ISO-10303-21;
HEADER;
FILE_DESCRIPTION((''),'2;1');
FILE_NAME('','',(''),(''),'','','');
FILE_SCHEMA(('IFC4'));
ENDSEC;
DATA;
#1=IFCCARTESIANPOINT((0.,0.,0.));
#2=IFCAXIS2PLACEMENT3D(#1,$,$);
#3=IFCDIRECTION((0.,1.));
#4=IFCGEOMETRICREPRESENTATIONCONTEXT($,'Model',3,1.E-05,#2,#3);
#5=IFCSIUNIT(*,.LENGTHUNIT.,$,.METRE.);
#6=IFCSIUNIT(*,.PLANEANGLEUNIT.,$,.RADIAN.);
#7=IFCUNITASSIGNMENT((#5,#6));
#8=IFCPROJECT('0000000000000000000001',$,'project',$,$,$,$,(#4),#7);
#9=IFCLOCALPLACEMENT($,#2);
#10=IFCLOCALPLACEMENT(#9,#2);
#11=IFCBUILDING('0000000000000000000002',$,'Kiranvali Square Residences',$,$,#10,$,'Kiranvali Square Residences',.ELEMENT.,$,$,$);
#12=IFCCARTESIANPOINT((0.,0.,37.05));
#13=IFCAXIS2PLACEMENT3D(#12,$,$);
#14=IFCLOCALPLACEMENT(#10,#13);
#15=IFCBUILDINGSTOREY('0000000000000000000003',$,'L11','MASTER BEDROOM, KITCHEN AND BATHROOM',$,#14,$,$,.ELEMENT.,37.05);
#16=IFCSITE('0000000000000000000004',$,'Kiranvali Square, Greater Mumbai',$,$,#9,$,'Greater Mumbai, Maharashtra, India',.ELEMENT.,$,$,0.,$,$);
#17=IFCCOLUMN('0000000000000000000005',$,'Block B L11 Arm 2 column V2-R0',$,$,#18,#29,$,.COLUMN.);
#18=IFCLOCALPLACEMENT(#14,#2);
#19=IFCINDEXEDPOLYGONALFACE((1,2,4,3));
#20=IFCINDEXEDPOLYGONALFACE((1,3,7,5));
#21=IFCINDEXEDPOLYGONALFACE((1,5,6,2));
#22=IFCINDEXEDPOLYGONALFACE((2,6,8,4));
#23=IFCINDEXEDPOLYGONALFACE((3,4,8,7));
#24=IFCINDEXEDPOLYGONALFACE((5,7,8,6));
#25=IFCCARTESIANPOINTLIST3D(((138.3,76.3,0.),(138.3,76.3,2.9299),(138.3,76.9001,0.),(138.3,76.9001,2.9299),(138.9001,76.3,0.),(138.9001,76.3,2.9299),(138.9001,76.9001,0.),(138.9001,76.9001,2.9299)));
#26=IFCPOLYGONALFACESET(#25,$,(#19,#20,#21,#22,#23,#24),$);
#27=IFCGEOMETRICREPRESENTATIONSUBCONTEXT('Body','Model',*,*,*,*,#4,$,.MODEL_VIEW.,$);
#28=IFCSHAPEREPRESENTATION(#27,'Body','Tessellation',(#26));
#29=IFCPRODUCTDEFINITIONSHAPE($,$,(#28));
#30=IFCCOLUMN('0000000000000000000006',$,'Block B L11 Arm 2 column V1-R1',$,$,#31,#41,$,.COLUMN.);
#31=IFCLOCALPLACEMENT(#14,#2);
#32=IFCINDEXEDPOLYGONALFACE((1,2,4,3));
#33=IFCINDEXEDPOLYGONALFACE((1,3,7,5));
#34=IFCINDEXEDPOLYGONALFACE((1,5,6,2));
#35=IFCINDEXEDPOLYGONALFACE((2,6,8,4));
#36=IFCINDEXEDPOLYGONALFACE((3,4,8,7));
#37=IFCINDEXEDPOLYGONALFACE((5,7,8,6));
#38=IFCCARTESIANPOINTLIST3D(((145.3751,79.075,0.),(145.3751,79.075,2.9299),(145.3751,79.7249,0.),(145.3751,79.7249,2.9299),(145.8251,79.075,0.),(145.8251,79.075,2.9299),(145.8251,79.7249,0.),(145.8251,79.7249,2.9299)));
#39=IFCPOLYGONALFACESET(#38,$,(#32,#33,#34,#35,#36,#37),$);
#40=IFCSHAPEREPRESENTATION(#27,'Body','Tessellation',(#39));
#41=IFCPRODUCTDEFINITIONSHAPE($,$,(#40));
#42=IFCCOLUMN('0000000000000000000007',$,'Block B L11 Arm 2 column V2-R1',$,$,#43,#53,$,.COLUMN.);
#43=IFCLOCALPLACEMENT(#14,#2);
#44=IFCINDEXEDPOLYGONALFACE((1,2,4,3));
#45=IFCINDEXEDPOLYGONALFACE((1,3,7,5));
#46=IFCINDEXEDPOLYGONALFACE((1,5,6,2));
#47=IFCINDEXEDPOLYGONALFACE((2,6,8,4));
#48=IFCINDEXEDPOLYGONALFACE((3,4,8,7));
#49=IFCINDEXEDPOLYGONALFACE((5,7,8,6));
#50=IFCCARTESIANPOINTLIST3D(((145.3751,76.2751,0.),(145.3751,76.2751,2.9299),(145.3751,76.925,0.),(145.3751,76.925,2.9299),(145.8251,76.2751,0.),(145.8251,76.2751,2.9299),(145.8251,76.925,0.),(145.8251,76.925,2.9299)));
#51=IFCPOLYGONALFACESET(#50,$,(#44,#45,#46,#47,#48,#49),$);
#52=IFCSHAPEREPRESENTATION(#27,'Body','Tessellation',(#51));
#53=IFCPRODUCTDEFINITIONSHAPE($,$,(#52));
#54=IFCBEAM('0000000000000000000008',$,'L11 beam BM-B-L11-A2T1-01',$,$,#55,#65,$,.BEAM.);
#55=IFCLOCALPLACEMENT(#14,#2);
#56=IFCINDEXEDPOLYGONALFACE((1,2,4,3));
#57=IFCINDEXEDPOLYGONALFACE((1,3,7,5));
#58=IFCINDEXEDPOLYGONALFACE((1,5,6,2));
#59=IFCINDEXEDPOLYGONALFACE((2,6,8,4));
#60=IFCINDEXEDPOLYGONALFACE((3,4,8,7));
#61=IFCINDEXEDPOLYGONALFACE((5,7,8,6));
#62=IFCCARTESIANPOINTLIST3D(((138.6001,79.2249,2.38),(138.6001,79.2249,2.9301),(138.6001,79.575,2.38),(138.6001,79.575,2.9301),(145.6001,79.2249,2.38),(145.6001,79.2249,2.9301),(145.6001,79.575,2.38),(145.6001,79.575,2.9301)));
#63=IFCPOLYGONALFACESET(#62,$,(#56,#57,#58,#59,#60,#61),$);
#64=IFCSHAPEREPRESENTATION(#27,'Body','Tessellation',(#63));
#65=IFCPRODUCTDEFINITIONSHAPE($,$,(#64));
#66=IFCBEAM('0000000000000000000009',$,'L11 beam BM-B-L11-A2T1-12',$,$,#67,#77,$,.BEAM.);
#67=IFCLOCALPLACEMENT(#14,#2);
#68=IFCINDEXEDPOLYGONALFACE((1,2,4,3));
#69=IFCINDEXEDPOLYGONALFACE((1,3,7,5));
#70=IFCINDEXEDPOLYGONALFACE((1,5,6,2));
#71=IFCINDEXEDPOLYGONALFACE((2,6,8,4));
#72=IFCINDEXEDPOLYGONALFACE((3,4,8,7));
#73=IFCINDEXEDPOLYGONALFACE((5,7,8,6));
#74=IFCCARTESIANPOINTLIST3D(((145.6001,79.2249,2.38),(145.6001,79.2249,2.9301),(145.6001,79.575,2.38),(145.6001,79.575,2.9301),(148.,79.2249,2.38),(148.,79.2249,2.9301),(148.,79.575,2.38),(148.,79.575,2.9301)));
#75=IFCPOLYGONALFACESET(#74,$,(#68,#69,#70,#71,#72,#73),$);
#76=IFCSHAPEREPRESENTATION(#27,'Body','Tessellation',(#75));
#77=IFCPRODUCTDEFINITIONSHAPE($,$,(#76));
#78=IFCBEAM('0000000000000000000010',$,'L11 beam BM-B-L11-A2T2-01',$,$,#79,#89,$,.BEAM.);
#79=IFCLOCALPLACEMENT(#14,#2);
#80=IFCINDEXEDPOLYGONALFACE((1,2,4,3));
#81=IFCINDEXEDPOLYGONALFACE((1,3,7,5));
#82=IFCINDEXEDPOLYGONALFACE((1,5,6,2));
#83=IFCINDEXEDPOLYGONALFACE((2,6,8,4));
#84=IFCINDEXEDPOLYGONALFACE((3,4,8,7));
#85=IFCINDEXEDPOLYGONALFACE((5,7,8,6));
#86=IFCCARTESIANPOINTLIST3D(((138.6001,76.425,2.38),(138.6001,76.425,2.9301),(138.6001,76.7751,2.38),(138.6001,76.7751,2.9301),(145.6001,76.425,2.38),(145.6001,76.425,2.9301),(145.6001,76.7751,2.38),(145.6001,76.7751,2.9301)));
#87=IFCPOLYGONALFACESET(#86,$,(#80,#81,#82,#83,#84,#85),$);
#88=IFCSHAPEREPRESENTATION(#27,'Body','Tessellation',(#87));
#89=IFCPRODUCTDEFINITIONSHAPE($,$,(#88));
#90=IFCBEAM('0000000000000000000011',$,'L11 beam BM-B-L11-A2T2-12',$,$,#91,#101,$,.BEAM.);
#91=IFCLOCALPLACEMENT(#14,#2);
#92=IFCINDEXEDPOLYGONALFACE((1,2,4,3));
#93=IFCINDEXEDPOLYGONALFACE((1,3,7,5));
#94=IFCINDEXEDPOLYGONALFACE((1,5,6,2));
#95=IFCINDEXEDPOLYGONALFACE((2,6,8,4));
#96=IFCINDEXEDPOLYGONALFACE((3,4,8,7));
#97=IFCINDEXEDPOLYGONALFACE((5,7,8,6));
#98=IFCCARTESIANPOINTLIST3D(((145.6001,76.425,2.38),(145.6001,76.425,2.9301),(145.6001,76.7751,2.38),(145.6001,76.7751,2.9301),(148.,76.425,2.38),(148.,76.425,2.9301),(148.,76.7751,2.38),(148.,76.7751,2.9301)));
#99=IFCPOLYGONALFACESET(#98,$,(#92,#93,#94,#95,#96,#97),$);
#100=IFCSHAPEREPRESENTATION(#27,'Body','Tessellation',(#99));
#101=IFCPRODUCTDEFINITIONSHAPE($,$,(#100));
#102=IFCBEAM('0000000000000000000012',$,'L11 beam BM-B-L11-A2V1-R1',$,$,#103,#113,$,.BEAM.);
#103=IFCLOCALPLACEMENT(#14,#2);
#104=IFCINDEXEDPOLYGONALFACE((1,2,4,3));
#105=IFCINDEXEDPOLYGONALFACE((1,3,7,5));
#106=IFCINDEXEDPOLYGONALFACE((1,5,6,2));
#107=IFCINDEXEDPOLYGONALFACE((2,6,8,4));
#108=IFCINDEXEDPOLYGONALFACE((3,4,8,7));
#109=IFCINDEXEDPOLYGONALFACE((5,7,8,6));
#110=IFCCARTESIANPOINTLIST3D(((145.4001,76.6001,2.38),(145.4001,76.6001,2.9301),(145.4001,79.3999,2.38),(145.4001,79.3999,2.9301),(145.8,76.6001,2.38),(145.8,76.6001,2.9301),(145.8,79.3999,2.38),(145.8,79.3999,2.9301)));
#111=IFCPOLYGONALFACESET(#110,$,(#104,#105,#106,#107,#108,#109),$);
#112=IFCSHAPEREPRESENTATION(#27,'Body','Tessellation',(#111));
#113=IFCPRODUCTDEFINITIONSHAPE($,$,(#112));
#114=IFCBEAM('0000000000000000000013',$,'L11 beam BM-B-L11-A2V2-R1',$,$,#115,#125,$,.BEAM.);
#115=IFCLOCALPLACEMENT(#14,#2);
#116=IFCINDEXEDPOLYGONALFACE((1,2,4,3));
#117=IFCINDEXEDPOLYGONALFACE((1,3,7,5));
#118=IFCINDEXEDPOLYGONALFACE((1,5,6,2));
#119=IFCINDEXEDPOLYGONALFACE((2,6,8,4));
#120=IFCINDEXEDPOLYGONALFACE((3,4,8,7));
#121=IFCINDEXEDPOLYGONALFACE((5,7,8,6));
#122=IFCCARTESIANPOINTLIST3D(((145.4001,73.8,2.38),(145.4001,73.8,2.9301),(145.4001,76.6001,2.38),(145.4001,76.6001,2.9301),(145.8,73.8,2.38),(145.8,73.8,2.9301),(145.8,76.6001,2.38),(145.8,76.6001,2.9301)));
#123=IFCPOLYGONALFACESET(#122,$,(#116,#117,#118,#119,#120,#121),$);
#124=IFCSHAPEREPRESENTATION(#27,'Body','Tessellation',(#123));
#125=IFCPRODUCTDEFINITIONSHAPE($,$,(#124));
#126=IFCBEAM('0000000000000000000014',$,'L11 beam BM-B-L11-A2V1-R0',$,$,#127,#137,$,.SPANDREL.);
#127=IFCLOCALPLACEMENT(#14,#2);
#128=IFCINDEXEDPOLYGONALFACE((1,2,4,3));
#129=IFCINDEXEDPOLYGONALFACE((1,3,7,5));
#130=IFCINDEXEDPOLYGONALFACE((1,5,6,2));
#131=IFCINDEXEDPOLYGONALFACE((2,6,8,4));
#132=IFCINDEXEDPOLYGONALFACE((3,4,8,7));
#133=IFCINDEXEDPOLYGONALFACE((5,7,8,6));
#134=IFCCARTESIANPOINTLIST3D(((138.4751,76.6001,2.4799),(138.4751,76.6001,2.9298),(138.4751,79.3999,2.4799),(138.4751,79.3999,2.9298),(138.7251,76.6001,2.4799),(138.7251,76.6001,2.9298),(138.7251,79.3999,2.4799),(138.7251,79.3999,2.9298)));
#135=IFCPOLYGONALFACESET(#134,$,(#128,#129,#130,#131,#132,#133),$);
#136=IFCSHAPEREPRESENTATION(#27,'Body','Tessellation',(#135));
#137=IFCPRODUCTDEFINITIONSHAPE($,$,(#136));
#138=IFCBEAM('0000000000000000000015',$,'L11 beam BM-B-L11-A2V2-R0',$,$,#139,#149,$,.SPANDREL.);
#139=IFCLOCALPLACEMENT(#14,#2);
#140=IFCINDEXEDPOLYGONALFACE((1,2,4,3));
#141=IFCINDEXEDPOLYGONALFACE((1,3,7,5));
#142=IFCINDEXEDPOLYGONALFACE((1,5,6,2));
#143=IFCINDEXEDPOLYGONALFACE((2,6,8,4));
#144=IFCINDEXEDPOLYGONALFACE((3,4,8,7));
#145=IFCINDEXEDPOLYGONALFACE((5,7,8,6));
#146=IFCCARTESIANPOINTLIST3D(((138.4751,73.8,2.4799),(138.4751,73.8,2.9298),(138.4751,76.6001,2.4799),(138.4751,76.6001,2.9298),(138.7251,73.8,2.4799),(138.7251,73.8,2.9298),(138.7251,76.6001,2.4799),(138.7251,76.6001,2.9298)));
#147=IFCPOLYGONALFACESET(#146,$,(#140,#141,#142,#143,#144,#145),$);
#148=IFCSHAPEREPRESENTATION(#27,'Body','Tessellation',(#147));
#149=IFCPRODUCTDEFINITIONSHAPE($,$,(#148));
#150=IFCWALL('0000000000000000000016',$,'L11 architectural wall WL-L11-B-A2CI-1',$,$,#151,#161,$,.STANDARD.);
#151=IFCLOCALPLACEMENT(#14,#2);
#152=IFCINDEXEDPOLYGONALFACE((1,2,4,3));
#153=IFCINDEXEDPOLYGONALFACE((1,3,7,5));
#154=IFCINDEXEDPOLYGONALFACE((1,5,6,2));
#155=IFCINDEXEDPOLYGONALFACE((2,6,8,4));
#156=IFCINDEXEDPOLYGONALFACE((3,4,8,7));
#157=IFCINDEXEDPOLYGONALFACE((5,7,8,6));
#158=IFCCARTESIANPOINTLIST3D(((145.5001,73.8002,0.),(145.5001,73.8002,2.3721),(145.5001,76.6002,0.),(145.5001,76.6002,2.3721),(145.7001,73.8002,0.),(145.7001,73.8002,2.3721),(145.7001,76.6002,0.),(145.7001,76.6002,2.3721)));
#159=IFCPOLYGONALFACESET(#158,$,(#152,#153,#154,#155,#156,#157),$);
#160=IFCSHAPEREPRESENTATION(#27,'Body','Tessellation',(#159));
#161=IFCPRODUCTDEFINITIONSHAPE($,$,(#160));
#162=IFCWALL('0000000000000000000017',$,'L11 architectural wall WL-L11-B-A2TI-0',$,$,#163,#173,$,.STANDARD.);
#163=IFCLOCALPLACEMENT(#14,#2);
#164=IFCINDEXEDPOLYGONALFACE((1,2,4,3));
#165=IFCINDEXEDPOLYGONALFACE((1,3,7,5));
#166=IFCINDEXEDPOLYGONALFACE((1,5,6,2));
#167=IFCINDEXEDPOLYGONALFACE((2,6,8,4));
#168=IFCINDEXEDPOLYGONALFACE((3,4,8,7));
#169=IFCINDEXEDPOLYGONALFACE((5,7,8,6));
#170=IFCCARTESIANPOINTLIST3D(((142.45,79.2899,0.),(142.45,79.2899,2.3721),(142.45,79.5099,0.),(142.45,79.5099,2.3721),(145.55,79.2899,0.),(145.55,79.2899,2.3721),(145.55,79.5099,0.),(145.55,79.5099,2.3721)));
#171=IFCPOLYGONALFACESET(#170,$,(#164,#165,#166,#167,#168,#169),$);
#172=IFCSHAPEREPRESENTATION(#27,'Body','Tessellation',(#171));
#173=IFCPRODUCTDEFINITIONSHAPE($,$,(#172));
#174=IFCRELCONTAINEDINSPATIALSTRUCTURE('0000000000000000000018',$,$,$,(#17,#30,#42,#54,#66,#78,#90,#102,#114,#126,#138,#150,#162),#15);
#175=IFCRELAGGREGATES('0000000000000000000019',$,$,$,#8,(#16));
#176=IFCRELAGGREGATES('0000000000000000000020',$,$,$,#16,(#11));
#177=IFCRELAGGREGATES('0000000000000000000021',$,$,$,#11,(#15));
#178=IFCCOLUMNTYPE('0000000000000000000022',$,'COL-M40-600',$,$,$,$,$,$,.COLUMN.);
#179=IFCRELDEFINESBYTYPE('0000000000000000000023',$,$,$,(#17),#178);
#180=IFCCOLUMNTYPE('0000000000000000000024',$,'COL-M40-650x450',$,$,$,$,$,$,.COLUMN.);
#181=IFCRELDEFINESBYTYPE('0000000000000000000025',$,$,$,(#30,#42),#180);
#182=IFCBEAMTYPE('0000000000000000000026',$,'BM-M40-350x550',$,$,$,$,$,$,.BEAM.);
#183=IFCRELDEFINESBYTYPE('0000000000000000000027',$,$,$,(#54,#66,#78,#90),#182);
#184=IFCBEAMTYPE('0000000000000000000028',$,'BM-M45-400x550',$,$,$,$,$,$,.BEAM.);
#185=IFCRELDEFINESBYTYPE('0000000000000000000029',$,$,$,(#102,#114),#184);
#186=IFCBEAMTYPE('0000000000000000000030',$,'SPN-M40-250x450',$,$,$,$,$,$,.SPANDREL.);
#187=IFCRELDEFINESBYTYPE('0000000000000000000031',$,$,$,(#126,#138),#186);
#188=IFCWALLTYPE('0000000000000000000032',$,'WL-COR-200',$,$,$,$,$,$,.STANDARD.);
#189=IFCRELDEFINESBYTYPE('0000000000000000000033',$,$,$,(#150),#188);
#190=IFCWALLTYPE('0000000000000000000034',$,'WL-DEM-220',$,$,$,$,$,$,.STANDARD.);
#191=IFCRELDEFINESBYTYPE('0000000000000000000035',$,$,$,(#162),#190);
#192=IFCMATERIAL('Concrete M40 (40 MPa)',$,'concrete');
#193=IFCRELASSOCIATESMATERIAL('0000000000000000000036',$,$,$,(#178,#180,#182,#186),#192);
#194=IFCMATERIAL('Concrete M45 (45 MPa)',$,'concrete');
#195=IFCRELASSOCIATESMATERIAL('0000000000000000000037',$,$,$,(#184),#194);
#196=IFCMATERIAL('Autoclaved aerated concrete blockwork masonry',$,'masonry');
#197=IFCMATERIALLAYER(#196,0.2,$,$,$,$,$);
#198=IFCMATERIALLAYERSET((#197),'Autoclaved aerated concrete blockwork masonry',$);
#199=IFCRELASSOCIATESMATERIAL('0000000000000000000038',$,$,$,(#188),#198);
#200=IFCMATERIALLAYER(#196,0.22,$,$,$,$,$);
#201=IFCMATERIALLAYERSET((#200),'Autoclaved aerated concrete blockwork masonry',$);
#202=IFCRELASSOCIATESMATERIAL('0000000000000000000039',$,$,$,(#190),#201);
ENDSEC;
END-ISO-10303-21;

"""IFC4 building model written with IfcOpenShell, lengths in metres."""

from ifc_helpers import new_model, si_unit, direction, frame, frame_2d, origin, origin_2d, place, context, subcontext, project, spatial, rectangle, extrude, material, layer, layer_set, material_profile, profile_set, type_object, element, save


model = new_model("IFC4")

# Units and contexts
model_context = context("Model", 3, precision=1e-05, world=origin(), true_north=direction((0.0, 1.0)))
body_context = subcontext(model_context, "Body", "Model", "MODEL_VIEW")
ifc_project = project(units=[si_unit("LENGTHUNIT", "METRE"), si_unit("PLANEANGLEUNIT", "RADIAN")], contexts=[model_context])

# Site, building, storey
site_placement = place(None, origin())
site = spatial("IfcSite", under=ifc_project, at=site_placement, Name="Kiranvali Square, Greater Mumbai", LongName="Greater Mumbai, Maharashtra, India", CompositionType="ELEMENT", RefElevation=0.0)
building_placement = place(site_placement, origin())
building = spatial("IfcBuilding", under=site, at=building_placement, Name="Kiranvali Square Residences", LongName="Kiranvali Square Residences", CompositionType="ELEMENT")
storey_placement = place(building_placement, frame((0.0, 0.0, 37.05)))
storey = spatial("IfcBuildingStorey", under=building, at=storey_placement, Name="L11", Description="MASTER BEDROOM, KITCHEN AND BATHROOM", CompositionType="ELEMENT", Elevation=37.05)

# Columns
ifc_material_1 = material(Name="Concrete M40 (40 MPa)", Category="concrete")
ifc_material_profile_1 = material_profile(ifc_material_1, rectangle(XDim=0.6001, YDim=0.6001, at=origin_2d()), Name="RC 600x600")
ifc_profile_set_1 = profile_set([ifc_material_profile_1], Name="Concrete M40 (40 MPa)")
column_type_1 = type_object("IfcColumnType", Name="COL-M40-600", PredefinedType="COLUMN", material=ifc_profile_set_1)
column_placement = place(storey_placement, frame((138.6001, 76.6001, 0.0), z_axis=(0.0, 0.0, 1.0), x_axis=(1.0, 0.0, 0.0)))
element("IfcColumn", 1, at=column_placement, inside=storey, type_object=column_type_1, Name="Block B L11 Arm 2 column V2-R0", PredefinedType="COLUMN", context=body_context, shape_type="SweptSolid", body=[
    extrude(rectangle(XDim=0.6001, YDim=0.6001, at=origin_2d()), origin(), (0.0, 0.0, 1.0), 2.9299),
])
ifc_material_profile_2 = material_profile(ifc_material_1, rectangle(XDim=0.45, YDim=0.6499, at=origin_2d()), Name="RC 650x450")
ifc_profile_set_2 = profile_set([ifc_material_profile_2], Name="Concrete M40 (40 MPa)")
column_type_2 = type_object("IfcColumnType", Name="COL-M40-650x450", PredefinedType="COLUMN", material=ifc_profile_set_2)
for number, where, z_axis, x_axis, name in (
    (2, (145.6001, 79.3999, 0.0), (0.0, 0.0, 1.0), (1.0, 0.0, 0.0), "Block B L11 Arm 2 column V1-R1"),
    (3, (145.6001, 76.6001, 0.0), (0.0, 0.0, 1.0), (1.0, 0.0, 0.0), "Block B L11 Arm 2 column V2-R1"),
):
    element("IfcColumn", number, at=place(storey_placement, frame(where, z_axis=z_axis, x_axis=x_axis)), inside=storey, type_object=column_type_2, Name=name, PredefinedType="COLUMN", context=body_context, shape_type="SweptSolid", body=[
        extrude(rectangle(XDim=0.45, YDim=0.6499, at=origin_2d()), origin(), (0.0, 0.0, 1.0), 2.9299),
    ])

# Beams
ifc_material_profile_3 = material_profile(ifc_material_1, rectangle(XDim=0.3501, YDim=0.55, at=origin_2d()), Name="RC 350x550")
ifc_profile_set_3 = profile_set([ifc_material_profile_3], Name="Concrete M40 (40 MPa)")
beam_type_1 = type_object("IfcBeamType", Name="BM-M40-350x550", PredefinedType="BEAM", material=ifc_profile_set_3)
beam_1_placement = place(storey_placement, frame((138.6001, 79.3999, 2.655), z_axis=(1.0, 0.0, 0.0), x_axis=(0.0, 1.0, 0.0)))
element("IfcBeam", 4, at=beam_1_placement, inside=storey, type_object=beam_type_1, Name="L11 beam BM-B-L11-A2T1-01", PredefinedType="BEAM", context=body_context, shape_type="SweptSolid", body=[
    extrude(rectangle(XDim=0.3501, YDim=0.55, at=origin_2d()), origin(), (0.0, 0.0, 1.0), 7.0),
])
beam_2_placement = place(storey_placement, frame((145.6001, 79.3999, 2.655), z_axis=(1.0, 0.0, 0.0), x_axis=(0.0, 1.0, 0.0)))
element("IfcBeam", 5, at=beam_2_placement, inside=storey, type_object=beam_type_1, Name="L11 beam BM-B-L11-A2T1-12", PredefinedType="BEAM", context=body_context, shape_type="SweptSolid", body=[
    extrude(rectangle(XDim=0.3501, YDim=0.55, at=origin_2d()), origin(), (0.0, 0.0, 1.0), 2.3999),
])
beam_3_placement = place(storey_placement, frame((138.6001, 76.6001, 2.655), z_axis=(1.0, 0.0, 0.0), x_axis=(0.0, 1.0, 0.0)))
element("IfcBeam", 6, at=beam_3_placement, inside=storey, type_object=beam_type_1, Name="L11 beam BM-B-L11-A2T2-01", PredefinedType="BEAM", context=body_context, shape_type="SweptSolid", body=[
    extrude(rectangle(XDim=0.3501, YDim=0.55, at=origin_2d()), origin(), (0.0, 0.0, 1.0), 7.0),
])
beam_4_placement = place(storey_placement, frame((145.6001, 76.6001, 2.655), z_axis=(1.0, 0.0, 0.0), x_axis=(0.0, 1.0, 0.0)))
element("IfcBeam", 7, at=beam_4_placement, inside=storey, type_object=beam_type_1, Name="L11 beam BM-B-L11-A2T2-12", PredefinedType="BEAM", context=body_context, shape_type="SweptSolid", body=[
    extrude(rectangle(XDim=0.3501, YDim=0.55, at=origin_2d()), origin(), (0.0, 0.0, 1.0), 2.3999),
])
ifc_material_2 = material(Name="Concrete M45 (45 MPa)", Category="concrete")
ifc_material_profile_4 = material_profile(ifc_material_2, rectangle(XDim=0.3999, YDim=0.55, at=origin_2d()), Name="RC 400x550")
ifc_profile_set_4 = profile_set([ifc_material_profile_4], Name="Concrete M45 (45 MPa)")
beam_type_2 = type_object("IfcBeamType", Name="BM-M45-400x550", PredefinedType="BEAM", material=ifc_profile_set_4)
beam_5_placement = place(storey_placement, frame((145.6001, 79.3999, 2.655), z_axis=(0.0, -1.0, 0.0), x_axis=(1.0, 0.0, 0.0)))
element("IfcBeam", 8, at=beam_5_placement, inside=storey, type_object=beam_type_2, Name="L11 beam BM-B-L11-A2V1-R1", PredefinedType="BEAM", context=body_context, shape_type="SweptSolid", body=[
    extrude(rectangle(XDim=0.3999, YDim=0.55, at=origin_2d()), origin(), (0.0, 0.0, 1.0), 2.7998),
])
beam_6_placement = place(storey_placement, frame((145.6001, 76.6001, 2.655), z_axis=(0.0, -1.0, 0.0), x_axis=(1.0, 0.0, 0.0)))
element("IfcBeam", 9, at=beam_6_placement, inside=storey, type_object=beam_type_2, Name="L11 beam BM-B-L11-A2V2-R1", PredefinedType="BEAM", context=body_context, shape_type="SweptSolid", body=[
    extrude(rectangle(XDim=0.3999, YDim=0.55, at=origin_2d()), origin(), (0.0, 0.0, 1.0), 2.8),
])
ifc_material_profile_5 = material_profile(ifc_material_1, rectangle(XDim=0.25, YDim=0.45, at=origin_2d()), Name="RC 250x450")
ifc_profile_set_5 = profile_set([ifc_material_profile_5], Name="Concrete M40 (40 MPa)")
beam_type_3 = type_object("IfcBeamType", Name="SPN-M40-250x450", PredefinedType="SPANDREL", material=ifc_profile_set_5)
beam_7_placement = place(storey_placement, frame((138.6001, 79.3999, 2.7048), z_axis=(0.0, -1.0, 0.0), x_axis=(1.0, 0.0, 0.0)))
element("IfcBeam", 10, at=beam_7_placement, inside=storey, type_object=beam_type_3, Name="L11 beam BM-B-L11-A2V1-R0", PredefinedType="SPANDREL", context=body_context, shape_type="SweptSolid", body=[
    extrude(rectangle(XDim=0.25, YDim=0.45, at=origin_2d()), origin(), (0.0, 0.0, 1.0), 2.7998),
])
beam_8_placement = place(storey_placement, frame((138.6001, 76.6001, 2.7048), z_axis=(0.0, -1.0, 0.0), x_axis=(1.0, 0.0, 0.0)))
element("IfcBeam", 11, at=beam_8_placement, inside=storey, type_object=beam_type_3, Name="L11 beam BM-B-L11-A2V2-R0", PredefinedType="SPANDREL", context=body_context, shape_type="SweptSolid", body=[
    extrude(rectangle(XDim=0.25, YDim=0.45, at=origin_2d()), origin(), (0.0, 0.0, 1.0), 2.8),
])

# Shared definitions
ifc_material_3 = material(Name="Autoclaved aerated concrete blockwork masonry", Category="masonry")
ifc_layer_1 = layer(ifc_material_3, 0.2)
ifc_layer_set_1 = layer_set([ifc_layer_1], Name="Autoclaved aerated concrete blockwork masonry")
wall_type_1 = type_object("IfcWallType", Name="WL-COR-200", PredefinedType="STANDARD", material=ifc_layer_set_1)

# Walls
wall_1_placement = place(storey_placement, frame((145.6001, 76.6001, 0.0), z_axis=(0.0, 0.0, 1.0), x_axis=(0.0, -1.0, 0.0)))
element("IfcWall", 12, at=wall_1_placement, inside=storey, type_object=wall_type_1, Name="L11 architectural wall WL-L11-B-A2CI-1", PredefinedType="STANDARD", context=body_context, shape_type="SweptSolid", body=[
    extrude(rectangle(XDim=2.8, YDim=0.2, at=frame_2d((1.3999, 0.0))), origin(), (0.0, 0.0, 1.0), 2.3721),
])
ifc_layer_2 = layer(ifc_material_3, 0.22)
ifc_layer_set_2 = layer_set([ifc_layer_2], Name="Autoclaved aerated concrete blockwork masonry")
wall_type_2 = type_object("IfcWallType", Name="WL-DEM-220", PredefinedType="STANDARD", material=ifc_layer_set_2)
wall_2_placement = place(storey_placement, frame((142.45, 79.3999, 0.0), z_axis=(0.0, 0.0, 1.0), x_axis=(1.0, 0.0, 0.0)))
element("IfcWall", 13, at=wall_2_placement, inside=storey, type_object=wall_type_2, Name="L11 architectural wall WL-L11-B-A2TI-0", PredefinedType="STANDARD", context=body_context, shape_type="SweptSolid", body=[
    extrude(rectangle(XDim=3.1001, YDim=0.22, at=frame_2d((1.55, 0.0))), origin(), (0.0, 0.0, 1.0), 2.3721),
])

save(model, "model.ifc")
